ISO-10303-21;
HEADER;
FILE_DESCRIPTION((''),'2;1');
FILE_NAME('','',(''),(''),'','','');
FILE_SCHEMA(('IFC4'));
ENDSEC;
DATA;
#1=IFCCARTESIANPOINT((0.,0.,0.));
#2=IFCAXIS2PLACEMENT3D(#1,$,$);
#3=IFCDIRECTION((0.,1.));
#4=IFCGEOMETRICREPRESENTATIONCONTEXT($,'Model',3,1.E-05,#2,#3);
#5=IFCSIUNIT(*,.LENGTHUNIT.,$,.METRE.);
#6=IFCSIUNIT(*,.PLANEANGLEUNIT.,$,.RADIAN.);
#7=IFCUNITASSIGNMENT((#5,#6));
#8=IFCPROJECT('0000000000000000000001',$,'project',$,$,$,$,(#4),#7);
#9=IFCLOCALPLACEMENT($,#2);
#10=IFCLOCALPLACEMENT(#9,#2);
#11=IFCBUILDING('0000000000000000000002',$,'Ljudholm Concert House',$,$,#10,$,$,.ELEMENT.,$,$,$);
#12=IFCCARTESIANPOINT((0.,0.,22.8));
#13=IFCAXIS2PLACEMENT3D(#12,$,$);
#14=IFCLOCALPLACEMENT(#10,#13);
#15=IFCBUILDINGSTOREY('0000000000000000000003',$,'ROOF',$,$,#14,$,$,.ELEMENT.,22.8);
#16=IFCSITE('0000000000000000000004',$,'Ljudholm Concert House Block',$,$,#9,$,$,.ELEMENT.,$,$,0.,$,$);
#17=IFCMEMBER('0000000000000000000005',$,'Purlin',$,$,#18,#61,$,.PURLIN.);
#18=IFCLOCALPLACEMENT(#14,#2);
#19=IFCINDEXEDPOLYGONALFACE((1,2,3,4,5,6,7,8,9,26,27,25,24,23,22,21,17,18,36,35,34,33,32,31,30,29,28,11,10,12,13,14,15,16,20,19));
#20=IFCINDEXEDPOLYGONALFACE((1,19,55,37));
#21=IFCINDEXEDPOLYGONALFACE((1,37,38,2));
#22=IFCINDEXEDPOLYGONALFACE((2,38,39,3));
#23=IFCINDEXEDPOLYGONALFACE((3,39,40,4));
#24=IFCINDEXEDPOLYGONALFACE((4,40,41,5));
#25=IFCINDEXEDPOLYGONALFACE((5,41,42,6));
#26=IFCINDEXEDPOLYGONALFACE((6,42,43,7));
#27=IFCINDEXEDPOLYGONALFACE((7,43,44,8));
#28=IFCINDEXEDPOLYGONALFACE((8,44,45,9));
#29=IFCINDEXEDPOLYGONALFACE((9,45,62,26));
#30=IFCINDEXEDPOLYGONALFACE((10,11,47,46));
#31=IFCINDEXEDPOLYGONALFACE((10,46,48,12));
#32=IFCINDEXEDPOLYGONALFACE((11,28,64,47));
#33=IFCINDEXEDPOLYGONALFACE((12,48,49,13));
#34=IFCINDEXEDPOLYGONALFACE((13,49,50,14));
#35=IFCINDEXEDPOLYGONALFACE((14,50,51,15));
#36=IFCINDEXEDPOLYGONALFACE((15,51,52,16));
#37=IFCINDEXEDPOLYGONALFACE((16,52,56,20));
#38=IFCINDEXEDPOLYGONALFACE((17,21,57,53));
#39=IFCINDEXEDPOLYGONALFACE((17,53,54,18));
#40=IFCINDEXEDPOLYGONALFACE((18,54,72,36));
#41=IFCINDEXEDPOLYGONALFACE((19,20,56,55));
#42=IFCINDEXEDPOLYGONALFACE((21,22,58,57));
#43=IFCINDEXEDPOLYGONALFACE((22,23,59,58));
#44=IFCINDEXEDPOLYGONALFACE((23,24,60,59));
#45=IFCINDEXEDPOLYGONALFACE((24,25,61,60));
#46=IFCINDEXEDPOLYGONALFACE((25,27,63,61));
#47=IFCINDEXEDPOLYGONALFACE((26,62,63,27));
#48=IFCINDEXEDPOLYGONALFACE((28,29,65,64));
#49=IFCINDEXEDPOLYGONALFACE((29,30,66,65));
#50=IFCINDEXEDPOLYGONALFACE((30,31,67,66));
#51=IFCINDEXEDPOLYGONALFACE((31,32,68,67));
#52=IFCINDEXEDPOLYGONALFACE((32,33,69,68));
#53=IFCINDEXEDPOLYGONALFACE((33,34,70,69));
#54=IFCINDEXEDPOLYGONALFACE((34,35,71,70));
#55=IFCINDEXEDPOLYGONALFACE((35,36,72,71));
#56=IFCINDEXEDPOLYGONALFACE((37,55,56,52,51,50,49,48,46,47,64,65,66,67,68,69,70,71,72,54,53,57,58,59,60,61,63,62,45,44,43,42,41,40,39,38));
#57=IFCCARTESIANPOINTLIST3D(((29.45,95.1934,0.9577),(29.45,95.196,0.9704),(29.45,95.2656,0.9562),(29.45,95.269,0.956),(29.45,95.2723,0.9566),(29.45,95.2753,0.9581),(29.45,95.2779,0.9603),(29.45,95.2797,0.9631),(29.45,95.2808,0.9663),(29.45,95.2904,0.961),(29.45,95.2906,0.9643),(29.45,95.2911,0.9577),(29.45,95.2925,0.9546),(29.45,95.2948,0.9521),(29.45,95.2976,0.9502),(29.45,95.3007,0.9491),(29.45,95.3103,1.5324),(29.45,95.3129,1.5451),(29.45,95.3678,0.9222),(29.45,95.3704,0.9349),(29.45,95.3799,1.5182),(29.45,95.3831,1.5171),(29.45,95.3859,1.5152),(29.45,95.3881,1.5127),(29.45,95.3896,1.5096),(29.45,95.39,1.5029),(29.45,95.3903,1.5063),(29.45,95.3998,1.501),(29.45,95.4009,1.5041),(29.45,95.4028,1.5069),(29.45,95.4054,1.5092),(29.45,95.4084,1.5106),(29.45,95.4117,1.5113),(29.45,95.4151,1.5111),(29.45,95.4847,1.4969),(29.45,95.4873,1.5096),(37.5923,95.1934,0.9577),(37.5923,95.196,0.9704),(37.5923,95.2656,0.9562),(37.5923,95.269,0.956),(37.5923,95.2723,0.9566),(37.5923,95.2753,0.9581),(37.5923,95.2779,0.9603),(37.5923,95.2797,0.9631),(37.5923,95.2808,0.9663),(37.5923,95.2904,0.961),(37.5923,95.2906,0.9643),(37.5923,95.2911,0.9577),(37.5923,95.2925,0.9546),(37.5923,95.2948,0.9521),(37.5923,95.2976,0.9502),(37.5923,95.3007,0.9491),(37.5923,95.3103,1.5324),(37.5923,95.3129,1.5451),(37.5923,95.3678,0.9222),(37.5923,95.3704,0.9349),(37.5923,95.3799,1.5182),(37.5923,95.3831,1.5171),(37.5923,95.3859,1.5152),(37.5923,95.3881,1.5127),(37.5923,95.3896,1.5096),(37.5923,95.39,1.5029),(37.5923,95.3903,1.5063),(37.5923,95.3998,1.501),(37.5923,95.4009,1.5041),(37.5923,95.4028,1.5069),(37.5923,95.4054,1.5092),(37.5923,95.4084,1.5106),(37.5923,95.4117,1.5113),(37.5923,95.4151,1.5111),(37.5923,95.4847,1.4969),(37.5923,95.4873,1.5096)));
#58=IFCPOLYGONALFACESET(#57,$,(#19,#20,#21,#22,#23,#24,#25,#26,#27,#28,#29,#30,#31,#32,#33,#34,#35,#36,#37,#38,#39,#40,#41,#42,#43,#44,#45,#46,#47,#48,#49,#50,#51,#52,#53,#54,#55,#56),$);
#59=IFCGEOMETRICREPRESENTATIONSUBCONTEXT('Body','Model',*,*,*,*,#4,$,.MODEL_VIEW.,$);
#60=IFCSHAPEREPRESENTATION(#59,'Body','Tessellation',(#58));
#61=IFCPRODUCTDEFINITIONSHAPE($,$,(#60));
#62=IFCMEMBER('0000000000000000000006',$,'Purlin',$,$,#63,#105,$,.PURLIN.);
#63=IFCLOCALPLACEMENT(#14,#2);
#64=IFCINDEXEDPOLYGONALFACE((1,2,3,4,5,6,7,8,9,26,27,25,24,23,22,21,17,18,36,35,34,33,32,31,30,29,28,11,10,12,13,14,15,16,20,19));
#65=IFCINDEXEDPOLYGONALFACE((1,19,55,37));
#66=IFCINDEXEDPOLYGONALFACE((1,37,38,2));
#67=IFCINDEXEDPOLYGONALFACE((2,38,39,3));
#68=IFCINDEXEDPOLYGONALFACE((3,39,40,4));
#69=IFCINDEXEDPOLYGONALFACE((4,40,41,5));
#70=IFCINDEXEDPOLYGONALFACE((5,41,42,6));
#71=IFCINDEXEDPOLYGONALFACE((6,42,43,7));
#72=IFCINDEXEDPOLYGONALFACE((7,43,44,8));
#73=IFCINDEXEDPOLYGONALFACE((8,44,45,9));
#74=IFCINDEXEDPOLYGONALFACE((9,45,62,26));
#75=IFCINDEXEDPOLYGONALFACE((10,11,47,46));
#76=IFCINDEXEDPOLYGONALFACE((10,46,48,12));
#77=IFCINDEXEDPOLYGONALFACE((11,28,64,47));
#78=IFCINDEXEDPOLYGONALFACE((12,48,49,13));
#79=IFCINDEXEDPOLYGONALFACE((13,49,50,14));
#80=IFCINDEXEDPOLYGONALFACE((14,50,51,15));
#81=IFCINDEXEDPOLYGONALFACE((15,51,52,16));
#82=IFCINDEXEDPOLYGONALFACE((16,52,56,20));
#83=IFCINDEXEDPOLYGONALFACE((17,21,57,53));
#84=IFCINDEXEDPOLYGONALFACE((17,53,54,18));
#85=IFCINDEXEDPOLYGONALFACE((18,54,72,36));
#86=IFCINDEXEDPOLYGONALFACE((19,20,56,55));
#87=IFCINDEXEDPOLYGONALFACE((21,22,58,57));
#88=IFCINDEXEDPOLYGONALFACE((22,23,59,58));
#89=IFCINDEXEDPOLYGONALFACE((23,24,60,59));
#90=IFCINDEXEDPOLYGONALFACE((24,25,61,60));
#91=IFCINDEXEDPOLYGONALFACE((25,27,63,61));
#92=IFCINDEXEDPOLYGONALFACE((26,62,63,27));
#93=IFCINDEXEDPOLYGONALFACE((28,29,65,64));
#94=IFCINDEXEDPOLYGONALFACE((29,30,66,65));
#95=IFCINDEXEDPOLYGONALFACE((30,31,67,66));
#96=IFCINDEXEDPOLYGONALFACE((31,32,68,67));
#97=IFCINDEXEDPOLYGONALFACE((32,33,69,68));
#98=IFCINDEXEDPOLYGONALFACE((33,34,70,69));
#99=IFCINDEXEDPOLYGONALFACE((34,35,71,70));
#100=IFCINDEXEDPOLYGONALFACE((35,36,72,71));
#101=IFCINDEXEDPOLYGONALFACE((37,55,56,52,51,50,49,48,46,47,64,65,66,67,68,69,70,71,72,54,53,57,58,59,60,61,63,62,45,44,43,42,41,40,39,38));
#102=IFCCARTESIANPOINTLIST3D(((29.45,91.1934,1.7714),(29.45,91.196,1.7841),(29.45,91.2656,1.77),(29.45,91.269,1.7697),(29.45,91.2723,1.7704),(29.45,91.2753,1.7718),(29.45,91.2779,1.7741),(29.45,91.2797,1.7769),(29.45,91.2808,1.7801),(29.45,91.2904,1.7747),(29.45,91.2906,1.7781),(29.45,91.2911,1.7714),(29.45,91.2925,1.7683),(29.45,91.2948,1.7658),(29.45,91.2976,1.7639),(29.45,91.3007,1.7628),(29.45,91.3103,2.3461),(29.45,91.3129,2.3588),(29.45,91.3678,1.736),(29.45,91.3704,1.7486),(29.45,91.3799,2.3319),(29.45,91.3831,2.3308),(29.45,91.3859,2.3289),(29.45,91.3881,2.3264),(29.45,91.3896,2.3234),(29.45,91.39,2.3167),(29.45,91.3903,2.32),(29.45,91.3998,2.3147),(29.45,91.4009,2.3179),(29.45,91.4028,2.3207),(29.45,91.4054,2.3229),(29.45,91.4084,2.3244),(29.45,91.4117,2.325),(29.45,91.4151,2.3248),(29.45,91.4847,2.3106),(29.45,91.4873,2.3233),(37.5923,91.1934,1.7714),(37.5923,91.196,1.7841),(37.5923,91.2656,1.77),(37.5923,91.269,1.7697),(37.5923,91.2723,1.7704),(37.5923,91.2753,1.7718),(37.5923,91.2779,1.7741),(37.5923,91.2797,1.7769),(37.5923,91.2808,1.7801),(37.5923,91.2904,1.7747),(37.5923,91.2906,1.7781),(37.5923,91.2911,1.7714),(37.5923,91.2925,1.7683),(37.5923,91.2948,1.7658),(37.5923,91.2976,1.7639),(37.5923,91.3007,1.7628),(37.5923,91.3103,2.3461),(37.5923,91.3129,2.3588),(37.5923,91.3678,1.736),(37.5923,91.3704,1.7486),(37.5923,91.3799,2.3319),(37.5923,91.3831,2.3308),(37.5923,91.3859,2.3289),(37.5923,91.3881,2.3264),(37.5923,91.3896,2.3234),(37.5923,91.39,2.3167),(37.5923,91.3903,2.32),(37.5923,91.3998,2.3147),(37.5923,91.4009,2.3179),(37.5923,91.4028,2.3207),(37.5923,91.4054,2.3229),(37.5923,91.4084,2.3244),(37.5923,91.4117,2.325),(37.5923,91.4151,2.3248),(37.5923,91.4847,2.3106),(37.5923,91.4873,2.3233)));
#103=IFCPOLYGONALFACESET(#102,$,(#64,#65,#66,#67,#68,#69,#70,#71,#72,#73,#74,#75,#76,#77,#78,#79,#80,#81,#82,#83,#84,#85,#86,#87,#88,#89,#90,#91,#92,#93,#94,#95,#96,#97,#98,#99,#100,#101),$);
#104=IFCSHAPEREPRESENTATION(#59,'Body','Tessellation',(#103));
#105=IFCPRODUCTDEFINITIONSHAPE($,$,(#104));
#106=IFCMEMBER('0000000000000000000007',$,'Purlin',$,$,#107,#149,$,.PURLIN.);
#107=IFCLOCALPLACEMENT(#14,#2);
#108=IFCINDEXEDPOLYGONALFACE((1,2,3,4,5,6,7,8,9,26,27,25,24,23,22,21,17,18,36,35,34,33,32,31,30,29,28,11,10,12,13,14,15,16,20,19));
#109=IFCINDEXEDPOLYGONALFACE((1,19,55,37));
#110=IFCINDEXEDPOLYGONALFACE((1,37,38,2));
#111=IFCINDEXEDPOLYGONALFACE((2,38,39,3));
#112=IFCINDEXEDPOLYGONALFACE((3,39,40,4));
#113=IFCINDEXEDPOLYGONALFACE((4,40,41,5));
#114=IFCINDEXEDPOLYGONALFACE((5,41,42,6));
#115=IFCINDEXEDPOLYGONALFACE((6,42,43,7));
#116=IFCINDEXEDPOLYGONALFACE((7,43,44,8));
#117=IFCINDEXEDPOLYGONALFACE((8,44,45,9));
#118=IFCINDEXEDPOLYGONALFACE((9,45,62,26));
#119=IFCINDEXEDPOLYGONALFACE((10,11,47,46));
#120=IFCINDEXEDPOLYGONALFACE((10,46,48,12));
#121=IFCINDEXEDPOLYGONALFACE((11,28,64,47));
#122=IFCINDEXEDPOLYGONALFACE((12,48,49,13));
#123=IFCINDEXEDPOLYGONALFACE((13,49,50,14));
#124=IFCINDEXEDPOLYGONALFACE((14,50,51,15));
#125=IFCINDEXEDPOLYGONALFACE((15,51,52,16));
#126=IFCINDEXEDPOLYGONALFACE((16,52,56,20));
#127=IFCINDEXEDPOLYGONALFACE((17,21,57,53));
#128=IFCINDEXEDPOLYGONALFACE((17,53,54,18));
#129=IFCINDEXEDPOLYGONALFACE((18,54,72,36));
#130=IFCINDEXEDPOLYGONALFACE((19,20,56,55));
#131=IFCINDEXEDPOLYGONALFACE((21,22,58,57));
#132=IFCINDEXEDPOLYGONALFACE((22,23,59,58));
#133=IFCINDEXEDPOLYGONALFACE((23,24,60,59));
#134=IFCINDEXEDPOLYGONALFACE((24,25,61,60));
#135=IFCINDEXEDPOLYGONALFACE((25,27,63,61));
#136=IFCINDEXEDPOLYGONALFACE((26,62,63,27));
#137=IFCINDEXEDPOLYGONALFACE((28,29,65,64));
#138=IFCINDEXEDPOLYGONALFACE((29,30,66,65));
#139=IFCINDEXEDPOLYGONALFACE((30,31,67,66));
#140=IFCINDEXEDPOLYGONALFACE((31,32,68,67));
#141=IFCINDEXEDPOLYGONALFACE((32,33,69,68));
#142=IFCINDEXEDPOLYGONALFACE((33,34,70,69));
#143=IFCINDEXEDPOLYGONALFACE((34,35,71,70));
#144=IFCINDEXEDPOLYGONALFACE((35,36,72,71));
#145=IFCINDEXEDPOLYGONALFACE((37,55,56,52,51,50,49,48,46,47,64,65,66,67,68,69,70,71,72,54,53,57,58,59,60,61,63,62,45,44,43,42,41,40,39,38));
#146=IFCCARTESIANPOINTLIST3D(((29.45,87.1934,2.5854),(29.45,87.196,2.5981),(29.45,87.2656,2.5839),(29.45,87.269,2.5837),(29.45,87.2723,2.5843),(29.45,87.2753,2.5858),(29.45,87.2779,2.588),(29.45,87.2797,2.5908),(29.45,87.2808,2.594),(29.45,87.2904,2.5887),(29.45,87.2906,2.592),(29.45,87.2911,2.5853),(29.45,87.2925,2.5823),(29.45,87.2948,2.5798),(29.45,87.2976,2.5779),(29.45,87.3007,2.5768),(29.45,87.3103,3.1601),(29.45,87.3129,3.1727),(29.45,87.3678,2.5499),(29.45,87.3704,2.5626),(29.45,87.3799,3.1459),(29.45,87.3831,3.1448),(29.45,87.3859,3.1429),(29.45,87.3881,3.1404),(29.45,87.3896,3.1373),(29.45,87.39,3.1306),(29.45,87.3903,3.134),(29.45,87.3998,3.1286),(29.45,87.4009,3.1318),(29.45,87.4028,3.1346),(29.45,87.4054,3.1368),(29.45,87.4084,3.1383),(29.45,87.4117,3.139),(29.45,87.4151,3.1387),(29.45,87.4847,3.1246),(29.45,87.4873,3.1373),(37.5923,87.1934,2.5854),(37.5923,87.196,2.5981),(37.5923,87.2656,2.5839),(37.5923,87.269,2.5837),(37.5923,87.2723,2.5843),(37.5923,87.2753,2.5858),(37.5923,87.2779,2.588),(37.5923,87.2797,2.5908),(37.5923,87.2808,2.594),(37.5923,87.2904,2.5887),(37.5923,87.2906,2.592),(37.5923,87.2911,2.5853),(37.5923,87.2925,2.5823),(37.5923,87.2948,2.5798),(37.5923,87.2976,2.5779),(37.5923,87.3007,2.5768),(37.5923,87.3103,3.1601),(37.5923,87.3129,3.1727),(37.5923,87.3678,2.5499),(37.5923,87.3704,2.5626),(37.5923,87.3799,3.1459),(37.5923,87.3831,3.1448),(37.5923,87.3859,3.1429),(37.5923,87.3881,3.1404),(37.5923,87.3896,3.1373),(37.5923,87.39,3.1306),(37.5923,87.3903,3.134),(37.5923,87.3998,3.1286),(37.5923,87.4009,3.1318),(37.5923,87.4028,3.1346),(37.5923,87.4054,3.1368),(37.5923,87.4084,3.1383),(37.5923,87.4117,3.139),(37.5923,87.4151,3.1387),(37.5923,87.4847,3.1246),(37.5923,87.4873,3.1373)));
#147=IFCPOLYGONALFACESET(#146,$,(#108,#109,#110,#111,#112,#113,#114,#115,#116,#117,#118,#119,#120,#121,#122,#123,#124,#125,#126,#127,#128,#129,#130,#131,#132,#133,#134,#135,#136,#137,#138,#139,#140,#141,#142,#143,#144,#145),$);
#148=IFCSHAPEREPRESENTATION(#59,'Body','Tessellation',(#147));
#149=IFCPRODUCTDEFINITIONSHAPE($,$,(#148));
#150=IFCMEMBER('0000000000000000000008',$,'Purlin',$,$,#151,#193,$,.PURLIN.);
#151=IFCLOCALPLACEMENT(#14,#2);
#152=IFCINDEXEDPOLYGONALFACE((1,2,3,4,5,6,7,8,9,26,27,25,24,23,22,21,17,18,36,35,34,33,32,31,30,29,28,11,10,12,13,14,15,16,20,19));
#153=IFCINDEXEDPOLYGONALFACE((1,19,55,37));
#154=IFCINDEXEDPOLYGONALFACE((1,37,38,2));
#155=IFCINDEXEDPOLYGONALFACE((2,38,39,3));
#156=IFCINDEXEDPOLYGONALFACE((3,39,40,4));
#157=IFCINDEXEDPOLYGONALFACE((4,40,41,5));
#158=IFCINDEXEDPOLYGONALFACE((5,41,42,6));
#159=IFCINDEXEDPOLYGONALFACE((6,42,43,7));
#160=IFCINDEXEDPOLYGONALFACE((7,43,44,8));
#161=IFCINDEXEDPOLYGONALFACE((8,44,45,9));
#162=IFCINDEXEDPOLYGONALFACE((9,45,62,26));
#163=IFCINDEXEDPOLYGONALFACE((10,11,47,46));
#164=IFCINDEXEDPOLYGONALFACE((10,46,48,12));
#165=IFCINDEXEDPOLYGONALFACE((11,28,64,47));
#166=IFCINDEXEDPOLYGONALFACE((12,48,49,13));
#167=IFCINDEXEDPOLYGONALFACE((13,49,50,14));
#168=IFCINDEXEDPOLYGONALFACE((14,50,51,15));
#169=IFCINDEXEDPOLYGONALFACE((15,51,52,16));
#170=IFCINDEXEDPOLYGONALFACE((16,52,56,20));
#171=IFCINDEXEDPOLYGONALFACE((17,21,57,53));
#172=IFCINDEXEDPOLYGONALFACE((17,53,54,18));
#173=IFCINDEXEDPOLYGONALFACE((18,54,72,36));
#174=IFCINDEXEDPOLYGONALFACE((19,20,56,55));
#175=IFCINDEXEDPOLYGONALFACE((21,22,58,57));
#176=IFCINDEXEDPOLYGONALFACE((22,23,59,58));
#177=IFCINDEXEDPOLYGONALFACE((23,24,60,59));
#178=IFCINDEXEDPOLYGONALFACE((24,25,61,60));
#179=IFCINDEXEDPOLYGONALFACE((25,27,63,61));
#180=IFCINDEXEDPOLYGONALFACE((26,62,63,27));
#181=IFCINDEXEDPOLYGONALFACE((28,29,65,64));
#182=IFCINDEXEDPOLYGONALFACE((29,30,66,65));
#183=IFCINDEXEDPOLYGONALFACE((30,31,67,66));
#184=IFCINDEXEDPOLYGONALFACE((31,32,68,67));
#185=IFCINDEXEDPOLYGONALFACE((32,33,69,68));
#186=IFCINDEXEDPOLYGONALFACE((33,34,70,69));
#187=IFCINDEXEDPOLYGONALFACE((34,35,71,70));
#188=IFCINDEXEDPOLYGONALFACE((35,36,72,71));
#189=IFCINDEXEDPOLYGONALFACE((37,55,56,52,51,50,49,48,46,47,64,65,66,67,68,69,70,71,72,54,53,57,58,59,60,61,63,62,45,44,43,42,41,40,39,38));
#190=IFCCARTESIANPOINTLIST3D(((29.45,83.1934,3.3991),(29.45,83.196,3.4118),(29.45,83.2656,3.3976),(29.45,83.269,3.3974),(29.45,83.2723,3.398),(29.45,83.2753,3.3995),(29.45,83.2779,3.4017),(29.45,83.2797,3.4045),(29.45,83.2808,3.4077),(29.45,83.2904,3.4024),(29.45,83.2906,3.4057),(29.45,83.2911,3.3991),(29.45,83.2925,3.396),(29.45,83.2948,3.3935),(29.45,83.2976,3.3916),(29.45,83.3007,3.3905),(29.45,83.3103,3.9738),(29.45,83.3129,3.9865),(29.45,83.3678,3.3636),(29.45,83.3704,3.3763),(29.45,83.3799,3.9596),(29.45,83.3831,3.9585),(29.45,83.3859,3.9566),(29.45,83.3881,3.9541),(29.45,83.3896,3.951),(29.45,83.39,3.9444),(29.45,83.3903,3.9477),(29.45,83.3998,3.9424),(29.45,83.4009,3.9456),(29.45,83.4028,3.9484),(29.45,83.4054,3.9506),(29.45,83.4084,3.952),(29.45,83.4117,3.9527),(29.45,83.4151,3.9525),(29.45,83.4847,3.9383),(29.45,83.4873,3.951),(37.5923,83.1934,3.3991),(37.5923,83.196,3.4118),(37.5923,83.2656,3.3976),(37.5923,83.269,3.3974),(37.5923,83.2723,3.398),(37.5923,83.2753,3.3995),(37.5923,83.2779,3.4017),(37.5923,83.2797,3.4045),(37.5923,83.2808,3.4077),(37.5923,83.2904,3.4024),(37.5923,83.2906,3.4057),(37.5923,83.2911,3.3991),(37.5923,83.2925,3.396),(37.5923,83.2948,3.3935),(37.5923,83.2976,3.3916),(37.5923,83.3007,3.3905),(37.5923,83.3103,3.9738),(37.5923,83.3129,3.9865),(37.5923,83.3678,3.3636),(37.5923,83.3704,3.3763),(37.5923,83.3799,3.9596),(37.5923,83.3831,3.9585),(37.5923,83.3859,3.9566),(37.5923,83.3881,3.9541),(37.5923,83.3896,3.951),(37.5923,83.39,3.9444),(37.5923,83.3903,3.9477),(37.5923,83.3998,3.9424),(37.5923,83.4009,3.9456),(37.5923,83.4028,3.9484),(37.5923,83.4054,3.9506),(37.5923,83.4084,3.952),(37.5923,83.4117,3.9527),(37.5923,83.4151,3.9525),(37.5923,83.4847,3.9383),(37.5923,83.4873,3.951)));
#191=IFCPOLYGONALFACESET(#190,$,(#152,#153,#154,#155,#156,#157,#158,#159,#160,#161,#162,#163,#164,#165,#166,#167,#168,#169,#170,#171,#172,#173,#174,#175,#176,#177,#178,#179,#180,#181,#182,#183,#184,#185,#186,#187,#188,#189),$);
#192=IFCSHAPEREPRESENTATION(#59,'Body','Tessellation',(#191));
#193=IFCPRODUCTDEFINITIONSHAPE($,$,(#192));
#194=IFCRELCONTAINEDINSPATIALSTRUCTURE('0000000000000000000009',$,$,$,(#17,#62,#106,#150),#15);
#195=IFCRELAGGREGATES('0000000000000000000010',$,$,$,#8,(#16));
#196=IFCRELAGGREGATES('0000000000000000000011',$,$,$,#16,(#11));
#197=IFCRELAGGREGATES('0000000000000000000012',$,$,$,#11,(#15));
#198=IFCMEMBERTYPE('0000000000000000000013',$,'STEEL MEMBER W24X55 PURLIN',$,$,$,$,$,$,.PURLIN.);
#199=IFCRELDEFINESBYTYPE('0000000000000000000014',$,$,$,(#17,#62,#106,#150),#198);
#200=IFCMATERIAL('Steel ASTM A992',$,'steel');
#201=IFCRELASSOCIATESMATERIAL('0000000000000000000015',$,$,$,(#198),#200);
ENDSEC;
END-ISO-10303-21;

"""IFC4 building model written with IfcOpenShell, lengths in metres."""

from ifc_helpers import new_model, si_unit, direction, frame, origin, origin_2d, place, context, subcontext, project, spatial, i_section, extrude, material, material_profile, profile_set, type_object, element, save


model = new_model("IFC4")

# Units and contexts
model_context = context("Model", 3, precision=1e-05, world=origin(), true_north=direction((0.0, 1.0)))
body_context = subcontext(model_context, "Body", "Model", "MODEL_VIEW")
ifc_project = project(units=[si_unit("LENGTHUNIT", "METRE"), si_unit("PLANEANGLEUNIT", "RADIAN")], contexts=[model_context])

# Site, building, storey
site_placement = place(None, origin())
site = spatial("IfcSite", under=ifc_project, at=site_placement, Name="Ljudholm Concert House Block", CompositionType="ELEMENT", RefElevation=0.0)
building_placement = place(site_placement, origin())
building = spatial("IfcBuilding", under=site, at=building_placement, Name="Ljudholm Concert House", CompositionType="ELEMENT")
storey_placement = place(building_placement, frame((0.0, 0.0, 22.8)))
storey = spatial("IfcBuildingStorey", under=building, at=storey_placement, Name="ROOF", CompositionType="ELEMENT", Elevation=22.8)

# Members
ifc_material_1 = material(Name="Steel ASTM A992", Category="steel")
ifc_material_profile_1 = material_profile(ifc_material_1, i_section(OverallWidth=0.178, OverallDepth=0.5994, WebThickness=0.01, FlangeThickness=0.0129, FilletRadius=0.0129, at=origin_2d()), Name="W24X55")
ifc_profile_set_1 = profile_set([ifc_material_profile_1], Name="Steel ASTM A992")
member_type_1 = type_object("IfcMemberType", Name="STEEL MEMBER W24X55 PURLIN", PredefinedType="PURLIN", material=ifc_profile_set_1)
for number, where, z_axis, x_axis, name in (
    (1, (29.45, 95.3403, 1.2336), (1.0, 0.0, 0.0), (0.0, 0.979925, -0.199368), "Purlin"),
    (2, (29.45, 91.3403, 2.0474), (1.0, 0.0, 0.0), (0.0, 0.979925, -0.199368), "Purlin"),
    (3, (29.45, 87.3403, 2.8613), (1.0, 0.0, 0.0), (0.0, 0.979925, -0.199368), "Purlin"),
    (4, (29.45, 83.3403, 3.675), (1.0, 0.0, 0.0), (0.0, 0.979925, -0.199368), "Purlin"),
):
    element("IfcMember", number, at=place(storey_placement, frame(where, z_axis=z_axis, x_axis=x_axis)), inside=storey, type_object=member_type_1, Name=name, PredefinedType="PURLIN", context=body_context, shape_type="SweptSolid", body=[
        extrude(i_section(OverallWidth=0.178, OverallDepth=0.5994, WebThickness=0.01, FlangeThickness=0.0129, FilletRadius=0.0129, at=origin_2d()), origin(), (0.0, 0.0, 1.0), 8.1423),
    ])

save(model, "model.ifc")
